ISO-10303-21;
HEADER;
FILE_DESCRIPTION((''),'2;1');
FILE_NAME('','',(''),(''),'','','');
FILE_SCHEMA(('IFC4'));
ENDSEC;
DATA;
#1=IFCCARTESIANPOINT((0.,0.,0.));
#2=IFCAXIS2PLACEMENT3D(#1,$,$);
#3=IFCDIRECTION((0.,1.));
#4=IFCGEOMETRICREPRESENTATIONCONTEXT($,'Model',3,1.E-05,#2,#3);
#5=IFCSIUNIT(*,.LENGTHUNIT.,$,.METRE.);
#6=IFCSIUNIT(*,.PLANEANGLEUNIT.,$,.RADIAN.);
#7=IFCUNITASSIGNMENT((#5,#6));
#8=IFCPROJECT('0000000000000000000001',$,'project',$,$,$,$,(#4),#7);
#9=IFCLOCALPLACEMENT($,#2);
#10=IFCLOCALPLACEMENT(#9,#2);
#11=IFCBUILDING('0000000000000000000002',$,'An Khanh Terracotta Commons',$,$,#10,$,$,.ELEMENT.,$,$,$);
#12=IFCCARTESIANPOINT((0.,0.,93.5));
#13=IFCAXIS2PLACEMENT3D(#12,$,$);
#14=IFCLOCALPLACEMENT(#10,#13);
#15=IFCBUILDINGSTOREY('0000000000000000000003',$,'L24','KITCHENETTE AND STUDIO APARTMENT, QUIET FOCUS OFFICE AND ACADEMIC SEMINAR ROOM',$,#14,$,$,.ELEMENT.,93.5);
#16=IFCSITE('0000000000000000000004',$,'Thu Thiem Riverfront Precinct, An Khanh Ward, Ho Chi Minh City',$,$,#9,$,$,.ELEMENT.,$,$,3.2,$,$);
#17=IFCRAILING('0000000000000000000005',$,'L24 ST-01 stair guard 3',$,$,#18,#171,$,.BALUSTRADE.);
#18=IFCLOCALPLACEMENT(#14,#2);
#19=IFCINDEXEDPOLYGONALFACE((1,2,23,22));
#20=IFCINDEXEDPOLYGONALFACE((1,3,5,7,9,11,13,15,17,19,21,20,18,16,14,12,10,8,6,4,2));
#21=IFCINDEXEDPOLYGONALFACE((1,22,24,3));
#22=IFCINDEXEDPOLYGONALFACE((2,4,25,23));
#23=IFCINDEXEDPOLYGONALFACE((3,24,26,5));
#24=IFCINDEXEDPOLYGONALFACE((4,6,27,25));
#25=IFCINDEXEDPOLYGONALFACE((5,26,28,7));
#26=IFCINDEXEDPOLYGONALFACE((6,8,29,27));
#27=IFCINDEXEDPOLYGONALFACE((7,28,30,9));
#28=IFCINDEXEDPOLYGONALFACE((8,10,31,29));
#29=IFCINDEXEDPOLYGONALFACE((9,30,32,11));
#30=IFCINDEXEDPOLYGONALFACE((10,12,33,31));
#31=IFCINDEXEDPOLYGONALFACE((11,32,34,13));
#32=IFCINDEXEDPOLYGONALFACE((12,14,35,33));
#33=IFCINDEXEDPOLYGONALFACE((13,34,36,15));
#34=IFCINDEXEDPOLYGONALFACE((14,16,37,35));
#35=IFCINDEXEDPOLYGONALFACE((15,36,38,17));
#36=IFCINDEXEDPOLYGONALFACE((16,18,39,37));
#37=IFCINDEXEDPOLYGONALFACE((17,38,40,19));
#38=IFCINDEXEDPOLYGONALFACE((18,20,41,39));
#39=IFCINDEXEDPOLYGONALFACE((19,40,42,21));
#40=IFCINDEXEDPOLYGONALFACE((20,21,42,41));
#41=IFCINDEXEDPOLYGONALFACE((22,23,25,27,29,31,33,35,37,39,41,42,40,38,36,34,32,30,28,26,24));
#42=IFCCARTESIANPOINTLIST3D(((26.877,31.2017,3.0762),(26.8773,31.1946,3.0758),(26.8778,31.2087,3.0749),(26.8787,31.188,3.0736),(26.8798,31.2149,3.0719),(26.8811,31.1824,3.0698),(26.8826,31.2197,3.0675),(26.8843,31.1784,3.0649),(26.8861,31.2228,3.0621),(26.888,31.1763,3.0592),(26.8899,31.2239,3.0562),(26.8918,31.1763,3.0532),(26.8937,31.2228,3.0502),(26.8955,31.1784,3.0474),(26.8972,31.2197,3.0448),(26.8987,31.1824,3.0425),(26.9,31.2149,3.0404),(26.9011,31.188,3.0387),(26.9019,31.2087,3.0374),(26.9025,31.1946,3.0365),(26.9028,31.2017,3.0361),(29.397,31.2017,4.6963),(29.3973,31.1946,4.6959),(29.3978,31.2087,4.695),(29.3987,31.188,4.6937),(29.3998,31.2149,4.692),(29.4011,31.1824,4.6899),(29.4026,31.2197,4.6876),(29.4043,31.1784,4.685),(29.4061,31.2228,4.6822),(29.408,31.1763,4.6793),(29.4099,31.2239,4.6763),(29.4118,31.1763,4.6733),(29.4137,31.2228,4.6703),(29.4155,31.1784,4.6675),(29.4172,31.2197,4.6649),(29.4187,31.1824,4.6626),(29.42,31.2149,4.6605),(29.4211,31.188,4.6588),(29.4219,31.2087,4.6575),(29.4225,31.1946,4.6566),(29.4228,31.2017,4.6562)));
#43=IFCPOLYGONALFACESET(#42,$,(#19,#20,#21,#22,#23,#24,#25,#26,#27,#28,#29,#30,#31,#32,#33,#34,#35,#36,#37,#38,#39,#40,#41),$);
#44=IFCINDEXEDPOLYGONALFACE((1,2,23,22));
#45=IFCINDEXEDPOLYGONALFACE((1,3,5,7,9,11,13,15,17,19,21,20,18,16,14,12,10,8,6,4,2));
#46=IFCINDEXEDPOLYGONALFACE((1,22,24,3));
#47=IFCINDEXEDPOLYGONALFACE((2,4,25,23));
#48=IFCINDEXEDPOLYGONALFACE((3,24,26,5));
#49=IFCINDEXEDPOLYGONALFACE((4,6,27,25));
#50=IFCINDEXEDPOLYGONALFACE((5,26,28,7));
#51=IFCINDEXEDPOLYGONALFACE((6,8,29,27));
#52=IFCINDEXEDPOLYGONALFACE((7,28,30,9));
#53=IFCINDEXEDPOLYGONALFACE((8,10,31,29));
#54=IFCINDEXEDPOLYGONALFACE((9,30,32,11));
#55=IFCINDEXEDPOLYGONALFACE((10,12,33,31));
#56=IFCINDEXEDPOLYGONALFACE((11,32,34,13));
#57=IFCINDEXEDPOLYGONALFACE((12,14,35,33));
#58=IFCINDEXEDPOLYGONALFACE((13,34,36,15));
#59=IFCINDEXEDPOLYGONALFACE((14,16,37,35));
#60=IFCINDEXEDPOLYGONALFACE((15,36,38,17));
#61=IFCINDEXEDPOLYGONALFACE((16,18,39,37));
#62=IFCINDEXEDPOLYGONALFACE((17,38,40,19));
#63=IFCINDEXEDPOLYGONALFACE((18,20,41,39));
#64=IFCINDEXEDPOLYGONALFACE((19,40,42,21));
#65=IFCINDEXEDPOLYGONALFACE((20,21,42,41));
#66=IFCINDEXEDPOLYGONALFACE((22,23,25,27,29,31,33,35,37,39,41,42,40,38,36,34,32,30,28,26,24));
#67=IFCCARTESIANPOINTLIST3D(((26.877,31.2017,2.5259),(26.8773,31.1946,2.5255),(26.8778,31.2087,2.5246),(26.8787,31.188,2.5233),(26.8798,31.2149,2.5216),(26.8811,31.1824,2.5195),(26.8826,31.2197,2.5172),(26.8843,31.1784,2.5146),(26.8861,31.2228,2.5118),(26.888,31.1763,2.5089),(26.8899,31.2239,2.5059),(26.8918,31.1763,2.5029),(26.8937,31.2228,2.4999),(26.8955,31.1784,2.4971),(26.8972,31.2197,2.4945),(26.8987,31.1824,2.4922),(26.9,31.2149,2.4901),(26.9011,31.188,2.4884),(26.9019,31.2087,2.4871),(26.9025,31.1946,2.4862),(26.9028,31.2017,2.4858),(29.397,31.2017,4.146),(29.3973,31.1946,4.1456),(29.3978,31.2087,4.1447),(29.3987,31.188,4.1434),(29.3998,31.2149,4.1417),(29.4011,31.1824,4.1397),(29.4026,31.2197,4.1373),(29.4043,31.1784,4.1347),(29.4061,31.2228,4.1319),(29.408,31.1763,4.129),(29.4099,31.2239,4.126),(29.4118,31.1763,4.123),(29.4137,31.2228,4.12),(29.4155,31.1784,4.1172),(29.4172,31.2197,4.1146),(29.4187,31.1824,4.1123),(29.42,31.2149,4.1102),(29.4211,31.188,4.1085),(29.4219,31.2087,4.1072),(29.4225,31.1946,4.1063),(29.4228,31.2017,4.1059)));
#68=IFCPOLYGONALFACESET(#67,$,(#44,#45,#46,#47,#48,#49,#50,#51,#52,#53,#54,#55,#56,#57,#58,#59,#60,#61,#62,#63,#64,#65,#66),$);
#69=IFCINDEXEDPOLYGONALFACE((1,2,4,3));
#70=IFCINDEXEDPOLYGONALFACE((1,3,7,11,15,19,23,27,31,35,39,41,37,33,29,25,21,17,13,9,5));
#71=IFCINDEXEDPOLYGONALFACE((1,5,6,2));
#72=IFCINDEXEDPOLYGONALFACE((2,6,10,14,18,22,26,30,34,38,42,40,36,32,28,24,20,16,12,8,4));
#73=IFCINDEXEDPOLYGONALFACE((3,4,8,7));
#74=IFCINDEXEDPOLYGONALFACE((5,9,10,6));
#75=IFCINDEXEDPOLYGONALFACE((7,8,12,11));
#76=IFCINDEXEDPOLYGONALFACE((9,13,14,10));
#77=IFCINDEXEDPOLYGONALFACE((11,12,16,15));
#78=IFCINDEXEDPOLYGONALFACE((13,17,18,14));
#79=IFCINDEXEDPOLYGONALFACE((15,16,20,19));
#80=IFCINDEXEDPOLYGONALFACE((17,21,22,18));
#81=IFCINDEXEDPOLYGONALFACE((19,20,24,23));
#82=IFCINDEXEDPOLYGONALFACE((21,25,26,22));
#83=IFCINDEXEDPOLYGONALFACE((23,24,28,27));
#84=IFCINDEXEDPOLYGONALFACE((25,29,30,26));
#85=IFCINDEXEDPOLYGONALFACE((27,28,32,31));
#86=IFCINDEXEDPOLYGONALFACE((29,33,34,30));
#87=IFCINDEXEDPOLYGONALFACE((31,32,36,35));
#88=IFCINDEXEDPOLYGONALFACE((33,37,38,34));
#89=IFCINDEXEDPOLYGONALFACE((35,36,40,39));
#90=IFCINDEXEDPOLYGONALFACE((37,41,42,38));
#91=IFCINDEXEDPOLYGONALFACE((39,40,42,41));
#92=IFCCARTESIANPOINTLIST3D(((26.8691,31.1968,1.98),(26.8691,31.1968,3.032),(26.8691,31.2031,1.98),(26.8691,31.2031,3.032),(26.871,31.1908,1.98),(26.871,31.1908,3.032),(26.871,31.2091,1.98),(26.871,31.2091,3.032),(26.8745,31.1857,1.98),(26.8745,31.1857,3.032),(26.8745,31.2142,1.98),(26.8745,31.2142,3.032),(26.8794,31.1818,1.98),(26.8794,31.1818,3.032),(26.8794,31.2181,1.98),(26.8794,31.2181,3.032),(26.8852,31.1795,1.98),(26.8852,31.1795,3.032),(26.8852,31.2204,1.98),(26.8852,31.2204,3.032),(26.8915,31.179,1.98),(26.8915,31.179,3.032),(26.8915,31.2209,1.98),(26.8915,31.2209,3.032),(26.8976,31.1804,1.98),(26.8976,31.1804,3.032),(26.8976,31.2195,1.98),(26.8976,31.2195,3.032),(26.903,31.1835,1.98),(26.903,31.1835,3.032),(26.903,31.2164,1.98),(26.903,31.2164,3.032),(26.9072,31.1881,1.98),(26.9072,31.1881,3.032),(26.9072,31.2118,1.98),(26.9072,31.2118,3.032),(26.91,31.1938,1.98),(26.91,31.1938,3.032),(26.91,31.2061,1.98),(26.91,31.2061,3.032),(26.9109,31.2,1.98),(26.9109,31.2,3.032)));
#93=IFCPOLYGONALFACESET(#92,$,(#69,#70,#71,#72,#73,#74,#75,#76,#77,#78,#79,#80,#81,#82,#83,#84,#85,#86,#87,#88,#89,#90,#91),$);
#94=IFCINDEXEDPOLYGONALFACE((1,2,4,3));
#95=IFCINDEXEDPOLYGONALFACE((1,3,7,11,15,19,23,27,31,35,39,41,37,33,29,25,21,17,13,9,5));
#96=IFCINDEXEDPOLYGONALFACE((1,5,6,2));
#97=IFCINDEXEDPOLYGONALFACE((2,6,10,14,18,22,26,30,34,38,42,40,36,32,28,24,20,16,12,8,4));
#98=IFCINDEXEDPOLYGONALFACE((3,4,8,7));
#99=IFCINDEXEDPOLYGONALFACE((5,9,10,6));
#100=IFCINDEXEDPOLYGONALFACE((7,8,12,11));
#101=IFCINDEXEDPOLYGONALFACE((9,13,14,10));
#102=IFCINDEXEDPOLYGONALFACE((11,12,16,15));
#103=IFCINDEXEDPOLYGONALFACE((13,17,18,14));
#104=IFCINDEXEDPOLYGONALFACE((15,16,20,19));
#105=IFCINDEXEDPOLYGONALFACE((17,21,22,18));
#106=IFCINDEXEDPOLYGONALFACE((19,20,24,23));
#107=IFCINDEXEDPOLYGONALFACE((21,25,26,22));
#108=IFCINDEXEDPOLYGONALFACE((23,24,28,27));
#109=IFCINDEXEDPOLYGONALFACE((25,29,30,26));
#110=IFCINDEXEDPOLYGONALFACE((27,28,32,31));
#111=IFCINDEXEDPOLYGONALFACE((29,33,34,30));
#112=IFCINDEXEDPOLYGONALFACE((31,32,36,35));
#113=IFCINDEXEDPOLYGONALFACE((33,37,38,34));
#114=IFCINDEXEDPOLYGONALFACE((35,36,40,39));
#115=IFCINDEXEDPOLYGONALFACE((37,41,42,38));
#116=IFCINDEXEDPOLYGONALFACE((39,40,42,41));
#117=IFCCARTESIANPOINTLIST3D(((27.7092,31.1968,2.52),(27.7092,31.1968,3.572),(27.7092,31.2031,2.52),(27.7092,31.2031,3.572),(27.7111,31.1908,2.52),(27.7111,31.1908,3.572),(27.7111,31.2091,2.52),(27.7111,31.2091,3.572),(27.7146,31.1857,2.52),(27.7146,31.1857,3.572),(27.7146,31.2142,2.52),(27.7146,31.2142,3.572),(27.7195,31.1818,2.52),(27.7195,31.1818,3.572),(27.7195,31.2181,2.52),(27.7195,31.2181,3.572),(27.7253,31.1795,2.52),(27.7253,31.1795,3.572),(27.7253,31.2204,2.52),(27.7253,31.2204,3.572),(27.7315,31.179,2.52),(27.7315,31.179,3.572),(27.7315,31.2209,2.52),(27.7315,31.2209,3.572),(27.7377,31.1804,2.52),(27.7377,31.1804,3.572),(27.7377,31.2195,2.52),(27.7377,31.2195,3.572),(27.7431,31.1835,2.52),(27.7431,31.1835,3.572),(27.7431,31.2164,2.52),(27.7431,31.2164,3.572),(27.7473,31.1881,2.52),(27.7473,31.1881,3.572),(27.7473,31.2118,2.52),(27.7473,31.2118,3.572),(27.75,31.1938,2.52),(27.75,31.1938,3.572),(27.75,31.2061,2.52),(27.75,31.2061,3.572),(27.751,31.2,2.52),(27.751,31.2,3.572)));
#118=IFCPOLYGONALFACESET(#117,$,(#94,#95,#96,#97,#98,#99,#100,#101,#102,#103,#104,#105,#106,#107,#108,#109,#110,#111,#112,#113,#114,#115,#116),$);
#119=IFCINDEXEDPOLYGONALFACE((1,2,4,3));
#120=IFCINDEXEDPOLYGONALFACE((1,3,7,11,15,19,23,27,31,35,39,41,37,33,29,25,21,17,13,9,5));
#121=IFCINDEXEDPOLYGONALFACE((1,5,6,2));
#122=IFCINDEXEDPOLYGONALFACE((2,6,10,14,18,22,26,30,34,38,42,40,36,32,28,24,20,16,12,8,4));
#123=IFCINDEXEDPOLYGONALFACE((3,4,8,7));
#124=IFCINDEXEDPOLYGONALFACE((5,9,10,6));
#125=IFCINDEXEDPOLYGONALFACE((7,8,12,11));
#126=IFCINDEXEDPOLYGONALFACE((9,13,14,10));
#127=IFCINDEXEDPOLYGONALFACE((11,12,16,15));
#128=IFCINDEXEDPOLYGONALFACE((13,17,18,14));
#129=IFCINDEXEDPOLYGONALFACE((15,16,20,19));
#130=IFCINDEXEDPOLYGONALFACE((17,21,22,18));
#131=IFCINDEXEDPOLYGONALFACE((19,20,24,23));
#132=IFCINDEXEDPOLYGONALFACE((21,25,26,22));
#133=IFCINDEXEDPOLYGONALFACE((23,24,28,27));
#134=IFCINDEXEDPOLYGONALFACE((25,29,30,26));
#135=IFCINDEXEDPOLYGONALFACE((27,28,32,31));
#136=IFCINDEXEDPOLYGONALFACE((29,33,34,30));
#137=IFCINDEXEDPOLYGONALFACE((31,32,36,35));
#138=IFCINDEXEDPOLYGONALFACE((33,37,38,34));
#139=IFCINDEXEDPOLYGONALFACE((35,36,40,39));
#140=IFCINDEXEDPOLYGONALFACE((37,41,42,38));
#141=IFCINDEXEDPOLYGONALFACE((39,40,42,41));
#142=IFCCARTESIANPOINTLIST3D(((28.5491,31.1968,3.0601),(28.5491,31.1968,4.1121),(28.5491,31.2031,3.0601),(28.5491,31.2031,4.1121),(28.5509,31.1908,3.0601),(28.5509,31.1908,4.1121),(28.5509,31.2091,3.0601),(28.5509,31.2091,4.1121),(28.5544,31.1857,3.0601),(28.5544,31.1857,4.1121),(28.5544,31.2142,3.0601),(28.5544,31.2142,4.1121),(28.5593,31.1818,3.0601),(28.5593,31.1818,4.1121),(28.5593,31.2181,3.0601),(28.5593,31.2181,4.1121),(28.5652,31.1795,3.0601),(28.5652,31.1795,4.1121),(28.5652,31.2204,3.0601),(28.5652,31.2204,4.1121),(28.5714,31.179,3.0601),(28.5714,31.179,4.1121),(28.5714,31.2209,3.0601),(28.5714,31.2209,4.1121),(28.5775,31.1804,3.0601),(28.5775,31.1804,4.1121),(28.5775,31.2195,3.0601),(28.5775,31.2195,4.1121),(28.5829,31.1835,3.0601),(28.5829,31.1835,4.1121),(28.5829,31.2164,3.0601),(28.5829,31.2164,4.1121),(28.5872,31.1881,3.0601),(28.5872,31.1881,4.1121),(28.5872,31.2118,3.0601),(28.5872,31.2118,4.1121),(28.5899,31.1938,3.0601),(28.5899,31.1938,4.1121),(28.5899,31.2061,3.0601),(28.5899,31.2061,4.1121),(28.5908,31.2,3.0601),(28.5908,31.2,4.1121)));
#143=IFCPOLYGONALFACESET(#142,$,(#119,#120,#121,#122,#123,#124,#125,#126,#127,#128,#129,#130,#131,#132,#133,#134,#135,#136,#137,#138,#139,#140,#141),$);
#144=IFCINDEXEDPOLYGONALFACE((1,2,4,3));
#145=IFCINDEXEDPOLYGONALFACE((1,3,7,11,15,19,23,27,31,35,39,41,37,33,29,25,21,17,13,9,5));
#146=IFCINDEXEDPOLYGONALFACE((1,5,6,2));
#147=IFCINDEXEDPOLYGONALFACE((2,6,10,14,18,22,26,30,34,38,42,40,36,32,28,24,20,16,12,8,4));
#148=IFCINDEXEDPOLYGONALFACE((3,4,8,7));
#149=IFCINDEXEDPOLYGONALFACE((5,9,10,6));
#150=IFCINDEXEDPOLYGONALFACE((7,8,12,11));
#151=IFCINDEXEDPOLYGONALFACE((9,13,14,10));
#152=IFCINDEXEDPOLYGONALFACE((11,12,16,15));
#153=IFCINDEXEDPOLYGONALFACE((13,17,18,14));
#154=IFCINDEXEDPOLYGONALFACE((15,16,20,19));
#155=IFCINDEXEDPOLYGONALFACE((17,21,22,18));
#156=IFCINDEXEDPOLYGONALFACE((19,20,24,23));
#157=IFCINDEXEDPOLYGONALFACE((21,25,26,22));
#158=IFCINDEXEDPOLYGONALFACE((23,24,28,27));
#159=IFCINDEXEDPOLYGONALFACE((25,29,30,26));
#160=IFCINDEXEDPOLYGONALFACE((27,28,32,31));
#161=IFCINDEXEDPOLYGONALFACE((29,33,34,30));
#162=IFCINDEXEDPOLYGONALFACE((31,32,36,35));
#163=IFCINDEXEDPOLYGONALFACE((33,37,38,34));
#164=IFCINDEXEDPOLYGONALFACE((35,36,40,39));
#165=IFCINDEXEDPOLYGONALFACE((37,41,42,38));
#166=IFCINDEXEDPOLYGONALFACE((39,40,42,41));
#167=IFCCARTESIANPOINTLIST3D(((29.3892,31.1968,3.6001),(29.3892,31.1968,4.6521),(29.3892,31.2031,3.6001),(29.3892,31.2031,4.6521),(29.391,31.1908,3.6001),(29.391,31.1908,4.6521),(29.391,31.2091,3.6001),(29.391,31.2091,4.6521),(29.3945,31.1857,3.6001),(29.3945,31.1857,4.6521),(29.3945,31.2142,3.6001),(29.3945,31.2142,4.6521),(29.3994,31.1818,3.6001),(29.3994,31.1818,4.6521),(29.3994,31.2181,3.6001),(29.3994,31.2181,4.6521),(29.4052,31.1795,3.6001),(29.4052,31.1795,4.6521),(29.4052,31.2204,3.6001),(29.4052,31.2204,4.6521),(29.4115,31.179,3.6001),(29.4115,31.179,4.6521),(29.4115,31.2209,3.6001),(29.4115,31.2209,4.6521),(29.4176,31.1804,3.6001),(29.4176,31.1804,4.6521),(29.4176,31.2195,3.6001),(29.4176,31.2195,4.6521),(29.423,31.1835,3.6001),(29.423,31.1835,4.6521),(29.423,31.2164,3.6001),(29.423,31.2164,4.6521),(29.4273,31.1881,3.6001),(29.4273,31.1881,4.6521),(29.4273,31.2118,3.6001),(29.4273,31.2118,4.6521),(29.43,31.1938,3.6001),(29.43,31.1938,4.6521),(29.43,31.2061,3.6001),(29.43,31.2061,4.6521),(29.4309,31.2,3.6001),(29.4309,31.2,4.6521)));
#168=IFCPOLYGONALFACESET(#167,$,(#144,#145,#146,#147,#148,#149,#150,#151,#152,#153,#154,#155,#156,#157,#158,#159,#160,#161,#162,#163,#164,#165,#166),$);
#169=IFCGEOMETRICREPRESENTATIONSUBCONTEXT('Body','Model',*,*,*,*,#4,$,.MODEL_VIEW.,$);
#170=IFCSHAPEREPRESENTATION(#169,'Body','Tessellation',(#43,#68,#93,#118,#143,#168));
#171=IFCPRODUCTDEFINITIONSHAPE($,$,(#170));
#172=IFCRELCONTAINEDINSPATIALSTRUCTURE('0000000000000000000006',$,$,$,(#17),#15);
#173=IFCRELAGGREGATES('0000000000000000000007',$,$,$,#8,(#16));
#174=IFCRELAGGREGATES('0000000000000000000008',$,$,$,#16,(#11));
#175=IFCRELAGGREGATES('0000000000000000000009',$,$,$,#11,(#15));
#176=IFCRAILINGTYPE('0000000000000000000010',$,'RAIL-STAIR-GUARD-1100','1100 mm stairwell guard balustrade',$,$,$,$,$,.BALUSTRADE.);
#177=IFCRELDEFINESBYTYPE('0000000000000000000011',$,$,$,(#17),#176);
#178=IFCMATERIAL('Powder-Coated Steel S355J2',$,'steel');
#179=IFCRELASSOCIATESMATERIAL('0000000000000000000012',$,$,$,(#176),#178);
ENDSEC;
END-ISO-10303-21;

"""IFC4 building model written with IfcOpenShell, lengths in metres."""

from ifc_helpers import new_model, si_unit, direction, frame, origin, origin_2d, place, context, subcontext, project, spatial, circle, extrude, material, type_object, element, save


model = new_model("IFC4")

# Units and contexts
model_context = context("Model", 3, precision=1e-05, world=origin(), true_north=direction((0.0, 1.0)))
body_context = subcontext(model_context, "Body", "Model", "MODEL_VIEW")
ifc_project = project(units=[si_unit("LENGTHUNIT", "METRE"), si_unit("PLANEANGLEUNIT", "RADIAN")], contexts=[model_context])

# Site, building, storey
site_placement = place(None, origin())
site = spatial("IfcSite", under=ifc_project, at=site_placement, Name="Thu Thiem Riverfront Precinct, An Khanh Ward, Ho Chi Minh City", CompositionType="ELEMENT", RefElevation=3.2)
building_placement = place(site_placement, origin())
building = spatial("IfcBuilding", under=site, at=building_placement, Name="An Khanh Terracotta Commons", CompositionType="ELEMENT")
storey_placement = place(building_placement, frame((0.0, 0.0, 93.5)))
storey = spatial("IfcBuildingStorey", under=building, at=storey_placement, Name="L24", Description="KITCHENETTE AND STUDIO APARTMENT, QUIET FOCUS OFFICE AND ACADEMIC SEMINAR ROOM", CompositionType="ELEMENT", Elevation=93.5)

# Railing
ifc_material_1 = material(Name="Powder-Coated Steel S355J2", Category="steel")
railing_type_1 = type_object("IfcRailingType", Name="RAIL-STAIR-GUARD-1100", Description="1100 mm stairwell guard balustrade", PredefinedType="BALUSTRADE", material=ifc_material_1)
railing_1_placement = place(storey_placement, frame((26.8899, 31.2, 1.98)))
element("IfcRailing", 1, at=railing_1_placement, inside=storey, type_object=railing_type_1, Name="L24 ST-01 stair guard 3", PredefinedType="BALUSTRADE", context=body_context, shape_type="SweptSolid", body=[
    extrude(circle(Radius=0.0239, at=origin_2d()), frame((0.0, 0.0, 1.0762), z_axis=(0.841163, 0.0, 0.540782), x_axis=(0.0, 1.0, 0.0)), (0.0, 0.0, 1.0), 2.9958),
    extrude(circle(Radius=0.0239, at=origin_2d()), frame((0.0, 0.0, 0.5259), z_axis=(0.841163, 0.0, 0.540782), x_axis=(0.0, 1.0, 0.0)), (0.0, 0.0, 1.0), 2.9958),
    extrude(circle(Radius=0.021, at=origin_2d()), origin(), (0.0, 0.0, 1.0), 1.052),
    extrude(circle(Radius=0.021, at=origin_2d()), frame((0.8401, 0.0, 0.54)), (0.0, 0.0, 1.0), 1.052),
    extrude(circle(Radius=0.021, at=origin_2d()), frame((1.6799, 0.0, 1.0801)), (0.0, 0.0, 1.0), 1.052),
    extrude(circle(Radius=0.021, at=origin_2d()), frame((2.52, 0.0, 1.6201)), (0.0, 0.0, 1.0), 1.052),
])

save(model, "model.ifc")
